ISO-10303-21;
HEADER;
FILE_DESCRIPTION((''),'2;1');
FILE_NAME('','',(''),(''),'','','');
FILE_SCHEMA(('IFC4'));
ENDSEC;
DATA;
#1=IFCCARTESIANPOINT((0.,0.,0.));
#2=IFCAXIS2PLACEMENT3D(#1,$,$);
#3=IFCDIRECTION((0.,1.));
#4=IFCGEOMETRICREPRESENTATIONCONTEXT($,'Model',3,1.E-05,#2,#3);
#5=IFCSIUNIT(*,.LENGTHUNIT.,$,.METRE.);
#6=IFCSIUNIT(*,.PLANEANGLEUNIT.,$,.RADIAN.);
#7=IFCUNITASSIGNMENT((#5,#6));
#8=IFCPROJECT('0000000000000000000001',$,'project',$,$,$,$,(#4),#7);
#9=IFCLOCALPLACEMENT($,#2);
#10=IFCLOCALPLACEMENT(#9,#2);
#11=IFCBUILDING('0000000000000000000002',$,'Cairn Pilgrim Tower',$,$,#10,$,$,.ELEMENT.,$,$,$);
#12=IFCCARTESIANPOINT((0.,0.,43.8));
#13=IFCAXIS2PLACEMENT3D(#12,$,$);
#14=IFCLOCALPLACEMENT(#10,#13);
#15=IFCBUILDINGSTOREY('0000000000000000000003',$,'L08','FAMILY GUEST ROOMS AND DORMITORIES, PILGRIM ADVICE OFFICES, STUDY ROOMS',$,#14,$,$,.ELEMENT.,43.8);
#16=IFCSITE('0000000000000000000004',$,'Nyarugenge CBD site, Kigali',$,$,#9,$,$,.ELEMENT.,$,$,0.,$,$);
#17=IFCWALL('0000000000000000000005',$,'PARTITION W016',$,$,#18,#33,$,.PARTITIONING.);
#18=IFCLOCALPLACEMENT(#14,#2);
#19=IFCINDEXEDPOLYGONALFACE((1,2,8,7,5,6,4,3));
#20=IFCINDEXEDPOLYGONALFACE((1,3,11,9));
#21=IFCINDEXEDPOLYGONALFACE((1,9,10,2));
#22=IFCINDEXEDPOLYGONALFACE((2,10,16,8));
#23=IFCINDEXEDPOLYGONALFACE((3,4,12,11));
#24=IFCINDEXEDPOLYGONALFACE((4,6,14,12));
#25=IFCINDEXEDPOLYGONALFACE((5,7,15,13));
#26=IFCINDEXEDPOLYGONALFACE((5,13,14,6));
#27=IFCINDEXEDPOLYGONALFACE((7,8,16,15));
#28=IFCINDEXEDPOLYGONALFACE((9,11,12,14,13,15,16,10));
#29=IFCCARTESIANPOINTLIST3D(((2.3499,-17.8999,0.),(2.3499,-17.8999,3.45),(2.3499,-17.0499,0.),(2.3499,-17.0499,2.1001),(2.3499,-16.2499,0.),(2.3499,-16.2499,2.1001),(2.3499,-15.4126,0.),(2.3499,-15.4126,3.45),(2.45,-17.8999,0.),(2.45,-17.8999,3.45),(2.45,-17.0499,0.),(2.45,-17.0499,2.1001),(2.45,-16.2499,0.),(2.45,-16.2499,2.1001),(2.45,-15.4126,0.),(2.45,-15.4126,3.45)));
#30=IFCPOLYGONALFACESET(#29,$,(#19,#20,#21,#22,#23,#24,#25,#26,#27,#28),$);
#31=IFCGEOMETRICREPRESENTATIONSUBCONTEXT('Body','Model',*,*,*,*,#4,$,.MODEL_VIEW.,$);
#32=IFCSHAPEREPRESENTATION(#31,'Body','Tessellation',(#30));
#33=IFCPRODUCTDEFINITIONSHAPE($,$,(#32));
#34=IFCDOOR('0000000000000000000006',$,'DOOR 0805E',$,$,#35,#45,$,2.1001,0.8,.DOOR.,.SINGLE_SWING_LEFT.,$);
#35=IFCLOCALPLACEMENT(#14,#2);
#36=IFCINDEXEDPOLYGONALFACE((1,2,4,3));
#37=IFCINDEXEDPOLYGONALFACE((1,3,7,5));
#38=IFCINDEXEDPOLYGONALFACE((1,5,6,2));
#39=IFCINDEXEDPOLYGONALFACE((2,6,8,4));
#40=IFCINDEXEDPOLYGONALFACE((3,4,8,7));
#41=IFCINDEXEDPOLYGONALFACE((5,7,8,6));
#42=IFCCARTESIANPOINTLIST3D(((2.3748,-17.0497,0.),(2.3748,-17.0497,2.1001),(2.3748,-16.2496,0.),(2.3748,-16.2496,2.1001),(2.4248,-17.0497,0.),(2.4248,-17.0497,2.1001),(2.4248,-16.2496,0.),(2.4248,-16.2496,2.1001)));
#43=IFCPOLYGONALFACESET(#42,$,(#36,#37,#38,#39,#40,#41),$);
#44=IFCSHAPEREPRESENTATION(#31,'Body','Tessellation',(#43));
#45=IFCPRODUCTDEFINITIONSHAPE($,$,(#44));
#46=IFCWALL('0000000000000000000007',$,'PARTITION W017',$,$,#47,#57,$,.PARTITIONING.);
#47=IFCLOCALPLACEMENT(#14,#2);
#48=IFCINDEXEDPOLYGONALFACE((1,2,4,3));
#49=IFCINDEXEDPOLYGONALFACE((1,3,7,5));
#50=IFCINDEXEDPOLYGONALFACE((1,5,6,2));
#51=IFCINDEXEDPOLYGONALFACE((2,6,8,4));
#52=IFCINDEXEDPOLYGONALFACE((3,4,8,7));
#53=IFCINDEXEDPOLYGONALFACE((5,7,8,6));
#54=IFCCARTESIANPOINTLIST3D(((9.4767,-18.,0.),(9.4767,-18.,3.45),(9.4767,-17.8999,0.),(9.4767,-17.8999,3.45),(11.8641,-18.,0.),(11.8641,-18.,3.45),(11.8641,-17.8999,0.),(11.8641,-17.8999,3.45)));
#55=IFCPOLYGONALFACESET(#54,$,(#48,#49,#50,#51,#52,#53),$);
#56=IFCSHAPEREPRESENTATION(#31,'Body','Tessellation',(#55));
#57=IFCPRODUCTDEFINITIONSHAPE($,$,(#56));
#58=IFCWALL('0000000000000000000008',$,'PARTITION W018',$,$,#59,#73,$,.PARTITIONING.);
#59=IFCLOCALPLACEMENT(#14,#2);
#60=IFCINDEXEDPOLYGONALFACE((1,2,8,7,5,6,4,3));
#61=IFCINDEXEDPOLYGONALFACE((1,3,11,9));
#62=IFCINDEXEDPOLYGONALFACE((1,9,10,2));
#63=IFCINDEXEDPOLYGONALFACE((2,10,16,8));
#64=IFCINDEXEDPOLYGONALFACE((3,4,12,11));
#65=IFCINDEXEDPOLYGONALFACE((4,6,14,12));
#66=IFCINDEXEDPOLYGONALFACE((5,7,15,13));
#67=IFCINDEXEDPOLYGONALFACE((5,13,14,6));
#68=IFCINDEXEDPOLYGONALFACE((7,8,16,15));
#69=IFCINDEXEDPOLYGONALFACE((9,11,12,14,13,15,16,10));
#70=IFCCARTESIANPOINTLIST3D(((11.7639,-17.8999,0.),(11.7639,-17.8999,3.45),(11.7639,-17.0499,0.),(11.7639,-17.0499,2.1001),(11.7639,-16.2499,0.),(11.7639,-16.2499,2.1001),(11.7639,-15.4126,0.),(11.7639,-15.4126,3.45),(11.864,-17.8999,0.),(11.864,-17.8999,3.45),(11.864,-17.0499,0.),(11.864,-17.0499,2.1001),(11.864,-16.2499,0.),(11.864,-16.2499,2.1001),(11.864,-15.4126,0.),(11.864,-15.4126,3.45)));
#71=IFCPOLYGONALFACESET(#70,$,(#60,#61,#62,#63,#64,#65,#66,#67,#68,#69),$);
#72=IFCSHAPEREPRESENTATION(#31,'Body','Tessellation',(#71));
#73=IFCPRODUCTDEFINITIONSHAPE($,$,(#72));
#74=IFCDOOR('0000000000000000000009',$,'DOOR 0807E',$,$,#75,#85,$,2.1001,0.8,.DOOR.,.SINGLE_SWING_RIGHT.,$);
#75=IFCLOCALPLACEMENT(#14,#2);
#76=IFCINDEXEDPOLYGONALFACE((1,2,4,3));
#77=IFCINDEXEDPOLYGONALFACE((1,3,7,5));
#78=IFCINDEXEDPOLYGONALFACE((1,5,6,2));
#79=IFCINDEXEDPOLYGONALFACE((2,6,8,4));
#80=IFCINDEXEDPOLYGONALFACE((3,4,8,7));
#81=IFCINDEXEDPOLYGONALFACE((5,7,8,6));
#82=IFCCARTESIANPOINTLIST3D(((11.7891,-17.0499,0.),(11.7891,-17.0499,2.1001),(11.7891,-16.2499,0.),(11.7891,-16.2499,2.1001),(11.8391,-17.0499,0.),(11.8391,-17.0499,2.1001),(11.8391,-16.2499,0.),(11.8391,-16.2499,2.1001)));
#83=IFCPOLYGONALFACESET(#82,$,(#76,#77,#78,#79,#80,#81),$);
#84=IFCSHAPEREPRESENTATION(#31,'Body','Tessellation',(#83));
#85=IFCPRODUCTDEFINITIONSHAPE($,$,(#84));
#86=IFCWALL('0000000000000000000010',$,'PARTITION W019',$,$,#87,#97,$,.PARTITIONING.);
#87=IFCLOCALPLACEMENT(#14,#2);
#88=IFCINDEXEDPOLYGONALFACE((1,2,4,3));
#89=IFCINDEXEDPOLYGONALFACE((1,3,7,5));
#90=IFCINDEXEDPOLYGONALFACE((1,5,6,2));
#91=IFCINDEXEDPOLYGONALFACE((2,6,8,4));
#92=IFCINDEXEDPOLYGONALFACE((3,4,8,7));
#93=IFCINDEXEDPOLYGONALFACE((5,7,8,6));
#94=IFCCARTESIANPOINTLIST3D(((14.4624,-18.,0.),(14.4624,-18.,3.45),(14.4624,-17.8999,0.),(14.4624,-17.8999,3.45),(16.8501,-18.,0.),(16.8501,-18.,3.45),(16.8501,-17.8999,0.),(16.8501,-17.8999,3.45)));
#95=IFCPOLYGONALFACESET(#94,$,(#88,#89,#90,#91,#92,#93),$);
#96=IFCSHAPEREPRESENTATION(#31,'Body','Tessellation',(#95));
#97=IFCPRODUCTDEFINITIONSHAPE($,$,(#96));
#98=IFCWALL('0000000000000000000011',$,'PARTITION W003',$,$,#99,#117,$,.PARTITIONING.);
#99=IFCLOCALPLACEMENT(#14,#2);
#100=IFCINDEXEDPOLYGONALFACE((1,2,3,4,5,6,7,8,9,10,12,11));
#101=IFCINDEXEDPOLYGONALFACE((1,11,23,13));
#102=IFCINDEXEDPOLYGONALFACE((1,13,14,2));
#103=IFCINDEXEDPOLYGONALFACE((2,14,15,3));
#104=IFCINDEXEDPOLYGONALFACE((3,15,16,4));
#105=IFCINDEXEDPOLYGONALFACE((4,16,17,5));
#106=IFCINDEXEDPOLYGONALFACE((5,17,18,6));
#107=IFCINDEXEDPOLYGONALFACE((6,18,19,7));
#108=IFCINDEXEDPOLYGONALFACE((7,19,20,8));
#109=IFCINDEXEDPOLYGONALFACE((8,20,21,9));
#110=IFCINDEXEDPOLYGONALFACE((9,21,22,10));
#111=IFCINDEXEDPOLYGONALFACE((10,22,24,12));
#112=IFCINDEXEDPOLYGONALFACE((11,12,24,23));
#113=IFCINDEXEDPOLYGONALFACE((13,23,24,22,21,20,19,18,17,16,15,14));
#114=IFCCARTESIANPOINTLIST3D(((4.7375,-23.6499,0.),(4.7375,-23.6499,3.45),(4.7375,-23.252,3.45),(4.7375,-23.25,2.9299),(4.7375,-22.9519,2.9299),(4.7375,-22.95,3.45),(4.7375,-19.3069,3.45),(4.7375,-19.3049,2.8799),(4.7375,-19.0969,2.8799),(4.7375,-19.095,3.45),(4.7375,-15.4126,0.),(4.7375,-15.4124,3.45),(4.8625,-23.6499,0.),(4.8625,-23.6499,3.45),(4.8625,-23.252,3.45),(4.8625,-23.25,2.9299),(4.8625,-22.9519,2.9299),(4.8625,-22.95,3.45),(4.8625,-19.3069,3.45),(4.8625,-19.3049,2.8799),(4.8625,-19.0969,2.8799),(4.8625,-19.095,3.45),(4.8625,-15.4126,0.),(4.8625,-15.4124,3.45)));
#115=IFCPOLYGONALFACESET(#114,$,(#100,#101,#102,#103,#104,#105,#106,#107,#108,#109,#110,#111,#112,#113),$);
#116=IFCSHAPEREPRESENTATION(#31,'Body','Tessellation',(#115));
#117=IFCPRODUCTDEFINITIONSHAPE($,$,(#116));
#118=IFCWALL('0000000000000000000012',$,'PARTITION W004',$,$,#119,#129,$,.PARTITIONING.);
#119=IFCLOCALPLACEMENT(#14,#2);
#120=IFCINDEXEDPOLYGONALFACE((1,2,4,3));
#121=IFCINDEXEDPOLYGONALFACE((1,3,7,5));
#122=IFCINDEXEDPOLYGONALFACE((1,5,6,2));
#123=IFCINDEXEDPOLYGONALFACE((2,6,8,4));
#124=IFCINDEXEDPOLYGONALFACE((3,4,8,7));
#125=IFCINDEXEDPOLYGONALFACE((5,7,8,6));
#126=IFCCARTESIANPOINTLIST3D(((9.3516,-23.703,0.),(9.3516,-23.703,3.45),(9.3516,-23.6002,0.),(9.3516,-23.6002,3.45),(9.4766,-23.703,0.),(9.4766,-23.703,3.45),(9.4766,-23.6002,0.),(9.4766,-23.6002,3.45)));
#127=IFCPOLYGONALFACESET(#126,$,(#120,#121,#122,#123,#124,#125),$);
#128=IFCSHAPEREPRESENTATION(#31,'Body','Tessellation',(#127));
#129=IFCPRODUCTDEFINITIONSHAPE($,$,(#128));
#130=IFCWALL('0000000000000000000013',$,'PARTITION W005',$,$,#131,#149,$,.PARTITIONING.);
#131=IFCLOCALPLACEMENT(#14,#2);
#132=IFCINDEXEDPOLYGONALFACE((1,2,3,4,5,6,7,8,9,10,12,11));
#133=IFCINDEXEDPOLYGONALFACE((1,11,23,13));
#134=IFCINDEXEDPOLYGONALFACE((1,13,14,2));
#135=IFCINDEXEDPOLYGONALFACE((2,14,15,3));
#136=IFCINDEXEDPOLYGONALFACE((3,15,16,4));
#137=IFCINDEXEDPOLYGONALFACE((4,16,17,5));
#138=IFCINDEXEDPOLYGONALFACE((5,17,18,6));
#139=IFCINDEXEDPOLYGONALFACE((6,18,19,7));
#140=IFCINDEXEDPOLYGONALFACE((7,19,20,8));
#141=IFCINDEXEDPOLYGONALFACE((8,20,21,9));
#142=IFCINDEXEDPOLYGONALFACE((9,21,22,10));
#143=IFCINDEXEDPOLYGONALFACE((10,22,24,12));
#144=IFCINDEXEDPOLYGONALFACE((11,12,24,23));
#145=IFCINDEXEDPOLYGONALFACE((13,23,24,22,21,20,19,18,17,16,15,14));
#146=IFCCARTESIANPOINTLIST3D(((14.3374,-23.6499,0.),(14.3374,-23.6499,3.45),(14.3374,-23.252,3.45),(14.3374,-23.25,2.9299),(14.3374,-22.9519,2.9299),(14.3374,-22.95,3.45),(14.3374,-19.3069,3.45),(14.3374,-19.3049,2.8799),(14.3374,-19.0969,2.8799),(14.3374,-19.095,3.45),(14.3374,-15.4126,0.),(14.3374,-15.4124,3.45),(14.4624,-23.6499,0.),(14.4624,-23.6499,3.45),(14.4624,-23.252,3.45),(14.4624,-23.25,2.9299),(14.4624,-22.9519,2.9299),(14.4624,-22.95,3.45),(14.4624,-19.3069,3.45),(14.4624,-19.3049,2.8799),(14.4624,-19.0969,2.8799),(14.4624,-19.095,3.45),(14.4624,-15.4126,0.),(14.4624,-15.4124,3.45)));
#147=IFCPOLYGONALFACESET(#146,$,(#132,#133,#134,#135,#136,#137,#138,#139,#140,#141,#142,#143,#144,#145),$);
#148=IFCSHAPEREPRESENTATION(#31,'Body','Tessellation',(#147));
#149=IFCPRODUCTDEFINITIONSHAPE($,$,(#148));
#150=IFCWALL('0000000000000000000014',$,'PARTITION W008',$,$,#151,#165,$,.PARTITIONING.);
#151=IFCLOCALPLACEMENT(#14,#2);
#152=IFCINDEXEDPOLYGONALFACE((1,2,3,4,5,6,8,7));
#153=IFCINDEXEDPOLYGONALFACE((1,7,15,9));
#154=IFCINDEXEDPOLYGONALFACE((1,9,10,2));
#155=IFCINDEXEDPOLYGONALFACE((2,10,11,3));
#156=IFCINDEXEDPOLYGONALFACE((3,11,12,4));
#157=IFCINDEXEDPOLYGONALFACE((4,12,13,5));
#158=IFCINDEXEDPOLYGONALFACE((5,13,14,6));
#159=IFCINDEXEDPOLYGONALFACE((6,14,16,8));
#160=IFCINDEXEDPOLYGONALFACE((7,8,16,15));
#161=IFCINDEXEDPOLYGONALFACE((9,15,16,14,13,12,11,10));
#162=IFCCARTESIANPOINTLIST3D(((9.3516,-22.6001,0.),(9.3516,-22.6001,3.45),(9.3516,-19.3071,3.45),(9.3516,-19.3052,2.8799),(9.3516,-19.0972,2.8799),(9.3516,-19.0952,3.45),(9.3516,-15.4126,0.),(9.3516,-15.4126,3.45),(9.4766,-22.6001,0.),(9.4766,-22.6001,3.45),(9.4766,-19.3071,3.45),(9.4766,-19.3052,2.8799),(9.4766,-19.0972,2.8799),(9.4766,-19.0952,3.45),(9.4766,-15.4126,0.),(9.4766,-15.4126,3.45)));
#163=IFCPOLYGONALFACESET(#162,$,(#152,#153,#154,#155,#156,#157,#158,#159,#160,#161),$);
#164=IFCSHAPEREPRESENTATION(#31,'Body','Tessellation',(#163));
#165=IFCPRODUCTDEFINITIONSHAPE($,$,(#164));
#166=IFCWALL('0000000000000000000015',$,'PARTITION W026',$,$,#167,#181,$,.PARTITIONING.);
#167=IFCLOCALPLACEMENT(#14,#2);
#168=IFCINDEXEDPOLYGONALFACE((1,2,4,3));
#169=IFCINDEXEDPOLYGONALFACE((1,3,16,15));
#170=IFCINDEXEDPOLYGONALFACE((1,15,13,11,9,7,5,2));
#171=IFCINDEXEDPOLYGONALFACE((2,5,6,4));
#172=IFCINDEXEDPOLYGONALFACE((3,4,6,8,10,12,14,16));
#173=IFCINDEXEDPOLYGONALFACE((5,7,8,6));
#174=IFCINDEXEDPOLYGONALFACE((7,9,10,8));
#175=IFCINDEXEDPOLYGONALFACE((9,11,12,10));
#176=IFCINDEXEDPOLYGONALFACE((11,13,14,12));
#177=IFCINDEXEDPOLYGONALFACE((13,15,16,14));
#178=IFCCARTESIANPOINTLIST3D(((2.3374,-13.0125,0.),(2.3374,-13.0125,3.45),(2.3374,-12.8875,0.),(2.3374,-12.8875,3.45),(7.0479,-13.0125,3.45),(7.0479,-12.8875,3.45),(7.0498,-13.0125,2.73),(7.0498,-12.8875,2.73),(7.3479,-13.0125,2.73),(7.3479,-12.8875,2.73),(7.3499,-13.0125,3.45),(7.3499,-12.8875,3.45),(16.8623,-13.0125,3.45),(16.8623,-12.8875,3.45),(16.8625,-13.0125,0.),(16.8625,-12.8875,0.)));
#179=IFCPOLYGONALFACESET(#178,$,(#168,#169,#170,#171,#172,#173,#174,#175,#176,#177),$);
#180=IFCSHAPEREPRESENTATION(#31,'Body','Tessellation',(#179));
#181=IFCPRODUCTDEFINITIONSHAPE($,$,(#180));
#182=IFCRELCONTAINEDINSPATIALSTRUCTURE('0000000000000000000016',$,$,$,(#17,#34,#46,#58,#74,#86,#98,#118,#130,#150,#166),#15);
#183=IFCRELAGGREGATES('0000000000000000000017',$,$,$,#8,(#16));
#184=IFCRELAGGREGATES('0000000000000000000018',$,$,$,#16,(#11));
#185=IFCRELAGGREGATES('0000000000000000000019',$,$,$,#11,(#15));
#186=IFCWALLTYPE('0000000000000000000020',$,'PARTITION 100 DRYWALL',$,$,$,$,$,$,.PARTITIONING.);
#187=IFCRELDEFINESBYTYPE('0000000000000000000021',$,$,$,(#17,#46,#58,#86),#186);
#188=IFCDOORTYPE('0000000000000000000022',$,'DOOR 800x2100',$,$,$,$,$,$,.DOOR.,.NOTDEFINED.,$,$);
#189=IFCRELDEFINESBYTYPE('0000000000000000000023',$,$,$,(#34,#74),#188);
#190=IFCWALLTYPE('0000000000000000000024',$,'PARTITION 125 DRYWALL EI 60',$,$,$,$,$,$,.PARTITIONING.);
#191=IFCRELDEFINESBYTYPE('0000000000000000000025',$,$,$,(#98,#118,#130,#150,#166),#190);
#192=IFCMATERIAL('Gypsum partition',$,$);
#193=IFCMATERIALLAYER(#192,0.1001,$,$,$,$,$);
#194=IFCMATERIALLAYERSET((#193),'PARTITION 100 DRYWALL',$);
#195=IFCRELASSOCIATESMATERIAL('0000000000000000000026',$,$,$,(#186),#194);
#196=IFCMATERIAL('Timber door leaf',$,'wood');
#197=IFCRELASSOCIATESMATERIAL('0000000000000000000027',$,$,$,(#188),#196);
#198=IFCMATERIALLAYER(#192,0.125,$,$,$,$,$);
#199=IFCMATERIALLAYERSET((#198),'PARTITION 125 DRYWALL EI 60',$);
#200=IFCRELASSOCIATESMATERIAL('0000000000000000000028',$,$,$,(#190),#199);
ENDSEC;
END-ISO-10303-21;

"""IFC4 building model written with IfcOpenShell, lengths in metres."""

from ifc_helpers import new_model, si_unit, direction, frame, frame_2d, origin, place, context, subcontext, project, spatial, polyline, rectangle, outline, extrude, material, layer, layer_set, type_object, element, fill, save


model = new_model("IFC4")

# Units and contexts
model_context = context("Model", 3, precision=1e-05, world=origin(), true_north=direction((0.0, 1.0)))
body_context = subcontext(model_context, "Body", "Model", "MODEL_VIEW")
ifc_project = project(units=[si_unit("LENGTHUNIT", "METRE"), si_unit("PLANEANGLEUNIT", "RADIAN")], contexts=[model_context])

# Site, building, storey
site_placement = place(None, origin())
site = spatial("IfcSite", under=ifc_project, at=site_placement, Name="Nyarugenge CBD site, Kigali", CompositionType="ELEMENT", RefElevation=0.0)
building_placement = place(site_placement, origin())
building = spatial("IfcBuilding", under=site, at=building_placement, Name="Cairn Pilgrim Tower", CompositionType="ELEMENT")
storey_placement = place(building_placement, frame((0.0, 0.0, 43.8)))
storey = spatial("IfcBuildingStorey", under=building, at=storey_placement, Name="L08", Description="FAMILY GUEST ROOMS AND DORMITORIES, PILGRIM ADVICE OFFICES, STUDY ROOMS", CompositionType="ELEMENT", Elevation=43.8)

# Shared definitions
ifc_material_1 = material(Name="Gypsum partition")
ifc_layer_1 = layer(ifc_material_1, 0.1001)
ifc_layer_set_1 = layer_set([ifc_layer_1], Name="PARTITION 100 DRYWALL")
wall_type_1 = type_object("IfcWallType", Name="PARTITION 100 DRYWALL", PredefinedType="PARTITIONING", material=ifc_layer_set_1)

# Wall, opening, door
wall_1_placement = place(storey_placement, frame((2.3999, -17.8999, 0.0), z_axis=(0.0, 0.0, 1.0), x_axis=(0.0, 1.0, 0.0)))
wall_1 = element("IfcWall", 1, at=wall_1_placement, inside=storey, type_object=wall_type_1, Name="PARTITION W016", PredefinedType="PARTITIONING", context=body_context, shape_type="SweptSolid", body=[
    extrude(rectangle(XDim=2.4873, YDim=0.1001, at=frame_2d((1.2437, 0.0))), origin(), (0.0, 0.0, 1.0), 3.45),
])
opening_1_placement = place(wall_1_placement, frame((0.8501, 0.0, 0.0)))
opening_1 = element("IfcOpeningElement", 2, at=opening_1_placement, cuts=wall_1, PredefinedType="OPENING", context=body_context, shape_type="SweptSolid", body=[
    extrude(rectangle(XDim=0.8, YDim=2.1001, at=frame_2d((0.3999, 1.05))), frame((0.0, 0.0601, 0.0), z_axis=(0.0, -1.0, 0.0), x_axis=(1.0, 0.0, 0.0)), (0.0, 0.0, 1.0), 0.1201),
])
ifc_material_2 = material(Name="Timber door leaf", Category="wood")
door_type_1 = type_object("IfcDoorType", Name="DOOR 800x2100", OperationType="NOTDEFINED", PredefinedType="DOOR", material=ifc_material_2)
door_1_placement = place(opening_1_placement, frame((0.8, 0.0, 0.0), z_axis=(0.0, 0.0, 1.0), x_axis=(-1.0, 0.0, 0.0)))
door_1 = element("IfcDoor", 3, at=door_1_placement, inside=storey, type_object=door_type_1, Name="DOOR 0805E", OperationType="SINGLE_SWING_LEFT", OverallHeight=2.1001, OverallWidth=0.8, PredefinedType="DOOR", context=body_context, shape_type="SweptSolid", body=[
    extrude(rectangle(XDim=0.8, YDim=2.1001, at=frame_2d((0.3999, 1.05))), frame((0.0, 0.0249, 0.0), z_axis=(0.0, -1.0, 0.0), x_axis=(1.0, 0.0, 0.0)), (0.0, 0.0, 1.0), 0.05),
])
fill(opening_1, door_1)

# Wall
wall_2_placement = place(storey_placement, frame((9.4766, -17.95, 0.0), z_axis=(0.0, 0.0, 1.0), x_axis=(1.0, 0.0, 0.0)))
element("IfcWall", 4, at=wall_2_placement, inside=storey, type_object=wall_type_1, Name="PARTITION W017", PredefinedType="PARTITIONING", context=body_context, shape_type="SweptSolid", body=[
    extrude(rectangle(XDim=2.3875, YDim=0.1001, at=frame_2d((1.1938, 0.0))), origin(), (0.0, 0.0, 1.0), 3.45),
])

# Wall, opening, door
wall_3_placement = place(storey_placement, frame((11.814, -17.8999, 0.0), z_axis=(0.0, 0.0, 1.0), x_axis=(0.0, 1.0, 0.0)))
wall_3 = element("IfcWall", 5, at=wall_3_placement, inside=storey, type_object=wall_type_1, Name="PARTITION W018", PredefinedType="PARTITIONING", context=body_context, shape_type="SweptSolid", body=[
    extrude(rectangle(XDim=2.4873, YDim=0.1001, at=frame_2d((1.2437, 0.0))), origin(), (0.0, 0.0, 1.0), 3.45),
])
opening_2_placement = place(wall_3_placement, frame((0.8501, 0.0, 0.0)))
opening_2 = element("IfcOpeningElement", 6, at=opening_2_placement, cuts=wall_3, PredefinedType="OPENING", context=body_context, shape_type="SweptSolid", body=[
    extrude(rectangle(XDim=0.8, YDim=2.1001, at=frame_2d((0.3999, 1.05))), frame((0.0, 0.0601, 0.0), z_axis=(0.0, -1.0, 0.0), x_axis=(1.0, 0.0, 0.0)), (0.0, 0.0, 1.0), 0.1201),
])
door_2_placement = place(opening_2_placement, origin())
door_2 = element("IfcDoor", 7, at=door_2_placement, inside=storey, type_object=door_type_1, Name="DOOR 0807E", OperationType="SINGLE_SWING_RIGHT", OverallHeight=2.1001, OverallWidth=0.8, PredefinedType="DOOR", context=body_context, shape_type="SweptSolid", body=[
    extrude(rectangle(XDim=0.8, YDim=2.1001, at=frame_2d((0.3999, 1.05))), frame((0.0, 0.0249, 0.0), z_axis=(0.0, -1.0, 0.0), x_axis=(1.0, 0.0, 0.0)), (0.0, 0.0, 1.0), 0.05),
])
fill(opening_2, door_2)

# Walls
wall_4_placement = place(storey_placement, frame((14.4624, -17.95, 0.0), z_axis=(0.0, 0.0, 1.0), x_axis=(1.0, 0.0, 0.0)))
element("IfcWall", 8, at=wall_4_placement, inside=storey, type_object=wall_type_1, Name="PARTITION W019", PredefinedType="PARTITIONING", context=body_context, shape_type="SweptSolid", body=[
    extrude(rectangle(XDim=2.3877, YDim=0.1001, at=frame_2d((1.1938, 0.0))), origin(), (0.0, 0.0, 1.0), 3.45),
])
ifc_layer_2 = layer(ifc_material_1, 0.125)
ifc_layer_set_2 = layer_set([ifc_layer_2], Name="PARTITION 125 DRYWALL EI 60")
wall_type_2 = type_object("IfcWallType", Name="PARTITION 125 DRYWALL EI 60", PredefinedType="PARTITIONING", material=ifc_layer_set_2)
wall_5_placement = place(storey_placement, frame((4.8, -23.6499, 0.0), z_axis=(0.0, 0.0, 1.0), x_axis=(0.0, 1.0, 0.0)))
element("IfcWall", 9, at=wall_5_placement, inside=storey, type_object=wall_type_2, Name="PARTITION W003", PredefinedType="PARTITIONING", context=body_context, shape_type="SweptSolid", body=[
    extrude(outline(polyline([(0.0, 0.0), (8.2373, 0.0), (8.2375, 3.45), (4.5549, 3.45), (4.553, 2.8799), (4.345, 2.8799), (4.343, 3.45), (0.7, 3.45), (0.698, 2.9299), (0.3999, 2.9299), (0.3979, 3.45), (0.0, 3.45), (0.0, 0.0)])), frame((0.0, 0.0625, 0.0), z_axis=(0.0, -1.0, 0.0), x_axis=(1.0, 0.0, 0.0)), (0.0, 0.0, 1.0), 0.125),
])
wall_6_placement = place(storey_placement, frame((9.4141, -23.7029, 0.0), z_axis=(0.0, 0.0, 1.0), x_axis=(0.0, 1.0, 0.0)))
element("IfcWall", 10, at=wall_6_placement, inside=storey, type_object=wall_type_2, Name="PARTITION W004", PredefinedType="PARTITIONING", context=body_context, shape_type="SweptSolid", body=[
    extrude(rectangle(XDim=0.1028, YDim=0.125, at=frame_2d((0.0513, 0.0))), origin(), (0.0, 0.0, 1.0), 3.45),
])
wall_7_placement = place(storey_placement, frame((14.3999, -23.6499, 0.0), z_axis=(0.0, 0.0, 1.0), x_axis=(0.0, 1.0, 0.0)))
element("IfcWall", 11, at=wall_7_placement, inside=storey, type_object=wall_type_2, Name="PARTITION W005", PredefinedType="PARTITIONING", context=body_context, shape_type="SweptSolid", body=[
    extrude(outline(polyline([(0.0, 0.0), (8.2373, 0.0), (8.2375, 3.45), (4.5549, 3.45), (4.553, 2.8799), (4.345, 2.8799), (4.343, 3.45), (0.7, 3.45), (0.698, 2.9299), (0.3999, 2.9299), (0.3979, 3.45), (0.0, 3.45), (0.0, 0.0)])), frame((0.0, 0.0625, 0.0), z_axis=(0.0, -1.0, 0.0), x_axis=(1.0, 0.0, 0.0)), (0.0, 0.0, 1.0), 0.125),
])
wall_8_placement = place(storey_placement, frame((9.4141, -22.6001, 0.0), z_axis=(0.0, 0.0, 1.0), x_axis=(0.0, 1.0, 0.0)))
element("IfcWall", 12, at=wall_8_placement, inside=storey, type_object=wall_type_2, Name="PARTITION W008", PredefinedType="PARTITIONING", context=body_context, shape_type="SweptSolid", body=[
    extrude(outline(polyline([(0.0, 0.0), (7.1875, 0.0), (7.1875, 3.45), (3.5049, 3.45), (3.5029, 2.8799), (3.2949, 2.8799), (3.293, 3.45), (0.0, 3.45), (0.0, 0.0)])), frame((0.0, 0.0625, 0.0), z_axis=(0.0, -1.0, 0.0), x_axis=(1.0, 0.0, 0.0)), (0.0, 0.0, 1.0), 0.125),
])
wall_9_placement = place(storey_placement, frame((2.3374, -12.95, 0.0), z_axis=(0.0, 0.0, 1.0), x_axis=(1.0, 0.0, 0.0)))
element("IfcWall", 13, at=wall_9_placement, inside=storey, type_object=wall_type_2, Name="PARTITION W026", PredefinedType="PARTITIONING", context=body_context, shape_type="SweptSolid", body=[
    extrude(outline(polyline([(0.0, 0.0), (14.5251, 0.0), (14.5249, 3.45), (5.0125, 3.45), (5.0105, 2.73), (4.7124, 2.73), (4.7104, 3.45), (0.0, 3.45), (0.0, 0.0)])), frame((0.0, 0.0625, 0.0), z_axis=(0.0, -1.0, 0.0), x_axis=(1.0, 0.0, 0.0)), (0.0, 0.0, 1.0), 0.125),
])

save(model, "model.ifc")
